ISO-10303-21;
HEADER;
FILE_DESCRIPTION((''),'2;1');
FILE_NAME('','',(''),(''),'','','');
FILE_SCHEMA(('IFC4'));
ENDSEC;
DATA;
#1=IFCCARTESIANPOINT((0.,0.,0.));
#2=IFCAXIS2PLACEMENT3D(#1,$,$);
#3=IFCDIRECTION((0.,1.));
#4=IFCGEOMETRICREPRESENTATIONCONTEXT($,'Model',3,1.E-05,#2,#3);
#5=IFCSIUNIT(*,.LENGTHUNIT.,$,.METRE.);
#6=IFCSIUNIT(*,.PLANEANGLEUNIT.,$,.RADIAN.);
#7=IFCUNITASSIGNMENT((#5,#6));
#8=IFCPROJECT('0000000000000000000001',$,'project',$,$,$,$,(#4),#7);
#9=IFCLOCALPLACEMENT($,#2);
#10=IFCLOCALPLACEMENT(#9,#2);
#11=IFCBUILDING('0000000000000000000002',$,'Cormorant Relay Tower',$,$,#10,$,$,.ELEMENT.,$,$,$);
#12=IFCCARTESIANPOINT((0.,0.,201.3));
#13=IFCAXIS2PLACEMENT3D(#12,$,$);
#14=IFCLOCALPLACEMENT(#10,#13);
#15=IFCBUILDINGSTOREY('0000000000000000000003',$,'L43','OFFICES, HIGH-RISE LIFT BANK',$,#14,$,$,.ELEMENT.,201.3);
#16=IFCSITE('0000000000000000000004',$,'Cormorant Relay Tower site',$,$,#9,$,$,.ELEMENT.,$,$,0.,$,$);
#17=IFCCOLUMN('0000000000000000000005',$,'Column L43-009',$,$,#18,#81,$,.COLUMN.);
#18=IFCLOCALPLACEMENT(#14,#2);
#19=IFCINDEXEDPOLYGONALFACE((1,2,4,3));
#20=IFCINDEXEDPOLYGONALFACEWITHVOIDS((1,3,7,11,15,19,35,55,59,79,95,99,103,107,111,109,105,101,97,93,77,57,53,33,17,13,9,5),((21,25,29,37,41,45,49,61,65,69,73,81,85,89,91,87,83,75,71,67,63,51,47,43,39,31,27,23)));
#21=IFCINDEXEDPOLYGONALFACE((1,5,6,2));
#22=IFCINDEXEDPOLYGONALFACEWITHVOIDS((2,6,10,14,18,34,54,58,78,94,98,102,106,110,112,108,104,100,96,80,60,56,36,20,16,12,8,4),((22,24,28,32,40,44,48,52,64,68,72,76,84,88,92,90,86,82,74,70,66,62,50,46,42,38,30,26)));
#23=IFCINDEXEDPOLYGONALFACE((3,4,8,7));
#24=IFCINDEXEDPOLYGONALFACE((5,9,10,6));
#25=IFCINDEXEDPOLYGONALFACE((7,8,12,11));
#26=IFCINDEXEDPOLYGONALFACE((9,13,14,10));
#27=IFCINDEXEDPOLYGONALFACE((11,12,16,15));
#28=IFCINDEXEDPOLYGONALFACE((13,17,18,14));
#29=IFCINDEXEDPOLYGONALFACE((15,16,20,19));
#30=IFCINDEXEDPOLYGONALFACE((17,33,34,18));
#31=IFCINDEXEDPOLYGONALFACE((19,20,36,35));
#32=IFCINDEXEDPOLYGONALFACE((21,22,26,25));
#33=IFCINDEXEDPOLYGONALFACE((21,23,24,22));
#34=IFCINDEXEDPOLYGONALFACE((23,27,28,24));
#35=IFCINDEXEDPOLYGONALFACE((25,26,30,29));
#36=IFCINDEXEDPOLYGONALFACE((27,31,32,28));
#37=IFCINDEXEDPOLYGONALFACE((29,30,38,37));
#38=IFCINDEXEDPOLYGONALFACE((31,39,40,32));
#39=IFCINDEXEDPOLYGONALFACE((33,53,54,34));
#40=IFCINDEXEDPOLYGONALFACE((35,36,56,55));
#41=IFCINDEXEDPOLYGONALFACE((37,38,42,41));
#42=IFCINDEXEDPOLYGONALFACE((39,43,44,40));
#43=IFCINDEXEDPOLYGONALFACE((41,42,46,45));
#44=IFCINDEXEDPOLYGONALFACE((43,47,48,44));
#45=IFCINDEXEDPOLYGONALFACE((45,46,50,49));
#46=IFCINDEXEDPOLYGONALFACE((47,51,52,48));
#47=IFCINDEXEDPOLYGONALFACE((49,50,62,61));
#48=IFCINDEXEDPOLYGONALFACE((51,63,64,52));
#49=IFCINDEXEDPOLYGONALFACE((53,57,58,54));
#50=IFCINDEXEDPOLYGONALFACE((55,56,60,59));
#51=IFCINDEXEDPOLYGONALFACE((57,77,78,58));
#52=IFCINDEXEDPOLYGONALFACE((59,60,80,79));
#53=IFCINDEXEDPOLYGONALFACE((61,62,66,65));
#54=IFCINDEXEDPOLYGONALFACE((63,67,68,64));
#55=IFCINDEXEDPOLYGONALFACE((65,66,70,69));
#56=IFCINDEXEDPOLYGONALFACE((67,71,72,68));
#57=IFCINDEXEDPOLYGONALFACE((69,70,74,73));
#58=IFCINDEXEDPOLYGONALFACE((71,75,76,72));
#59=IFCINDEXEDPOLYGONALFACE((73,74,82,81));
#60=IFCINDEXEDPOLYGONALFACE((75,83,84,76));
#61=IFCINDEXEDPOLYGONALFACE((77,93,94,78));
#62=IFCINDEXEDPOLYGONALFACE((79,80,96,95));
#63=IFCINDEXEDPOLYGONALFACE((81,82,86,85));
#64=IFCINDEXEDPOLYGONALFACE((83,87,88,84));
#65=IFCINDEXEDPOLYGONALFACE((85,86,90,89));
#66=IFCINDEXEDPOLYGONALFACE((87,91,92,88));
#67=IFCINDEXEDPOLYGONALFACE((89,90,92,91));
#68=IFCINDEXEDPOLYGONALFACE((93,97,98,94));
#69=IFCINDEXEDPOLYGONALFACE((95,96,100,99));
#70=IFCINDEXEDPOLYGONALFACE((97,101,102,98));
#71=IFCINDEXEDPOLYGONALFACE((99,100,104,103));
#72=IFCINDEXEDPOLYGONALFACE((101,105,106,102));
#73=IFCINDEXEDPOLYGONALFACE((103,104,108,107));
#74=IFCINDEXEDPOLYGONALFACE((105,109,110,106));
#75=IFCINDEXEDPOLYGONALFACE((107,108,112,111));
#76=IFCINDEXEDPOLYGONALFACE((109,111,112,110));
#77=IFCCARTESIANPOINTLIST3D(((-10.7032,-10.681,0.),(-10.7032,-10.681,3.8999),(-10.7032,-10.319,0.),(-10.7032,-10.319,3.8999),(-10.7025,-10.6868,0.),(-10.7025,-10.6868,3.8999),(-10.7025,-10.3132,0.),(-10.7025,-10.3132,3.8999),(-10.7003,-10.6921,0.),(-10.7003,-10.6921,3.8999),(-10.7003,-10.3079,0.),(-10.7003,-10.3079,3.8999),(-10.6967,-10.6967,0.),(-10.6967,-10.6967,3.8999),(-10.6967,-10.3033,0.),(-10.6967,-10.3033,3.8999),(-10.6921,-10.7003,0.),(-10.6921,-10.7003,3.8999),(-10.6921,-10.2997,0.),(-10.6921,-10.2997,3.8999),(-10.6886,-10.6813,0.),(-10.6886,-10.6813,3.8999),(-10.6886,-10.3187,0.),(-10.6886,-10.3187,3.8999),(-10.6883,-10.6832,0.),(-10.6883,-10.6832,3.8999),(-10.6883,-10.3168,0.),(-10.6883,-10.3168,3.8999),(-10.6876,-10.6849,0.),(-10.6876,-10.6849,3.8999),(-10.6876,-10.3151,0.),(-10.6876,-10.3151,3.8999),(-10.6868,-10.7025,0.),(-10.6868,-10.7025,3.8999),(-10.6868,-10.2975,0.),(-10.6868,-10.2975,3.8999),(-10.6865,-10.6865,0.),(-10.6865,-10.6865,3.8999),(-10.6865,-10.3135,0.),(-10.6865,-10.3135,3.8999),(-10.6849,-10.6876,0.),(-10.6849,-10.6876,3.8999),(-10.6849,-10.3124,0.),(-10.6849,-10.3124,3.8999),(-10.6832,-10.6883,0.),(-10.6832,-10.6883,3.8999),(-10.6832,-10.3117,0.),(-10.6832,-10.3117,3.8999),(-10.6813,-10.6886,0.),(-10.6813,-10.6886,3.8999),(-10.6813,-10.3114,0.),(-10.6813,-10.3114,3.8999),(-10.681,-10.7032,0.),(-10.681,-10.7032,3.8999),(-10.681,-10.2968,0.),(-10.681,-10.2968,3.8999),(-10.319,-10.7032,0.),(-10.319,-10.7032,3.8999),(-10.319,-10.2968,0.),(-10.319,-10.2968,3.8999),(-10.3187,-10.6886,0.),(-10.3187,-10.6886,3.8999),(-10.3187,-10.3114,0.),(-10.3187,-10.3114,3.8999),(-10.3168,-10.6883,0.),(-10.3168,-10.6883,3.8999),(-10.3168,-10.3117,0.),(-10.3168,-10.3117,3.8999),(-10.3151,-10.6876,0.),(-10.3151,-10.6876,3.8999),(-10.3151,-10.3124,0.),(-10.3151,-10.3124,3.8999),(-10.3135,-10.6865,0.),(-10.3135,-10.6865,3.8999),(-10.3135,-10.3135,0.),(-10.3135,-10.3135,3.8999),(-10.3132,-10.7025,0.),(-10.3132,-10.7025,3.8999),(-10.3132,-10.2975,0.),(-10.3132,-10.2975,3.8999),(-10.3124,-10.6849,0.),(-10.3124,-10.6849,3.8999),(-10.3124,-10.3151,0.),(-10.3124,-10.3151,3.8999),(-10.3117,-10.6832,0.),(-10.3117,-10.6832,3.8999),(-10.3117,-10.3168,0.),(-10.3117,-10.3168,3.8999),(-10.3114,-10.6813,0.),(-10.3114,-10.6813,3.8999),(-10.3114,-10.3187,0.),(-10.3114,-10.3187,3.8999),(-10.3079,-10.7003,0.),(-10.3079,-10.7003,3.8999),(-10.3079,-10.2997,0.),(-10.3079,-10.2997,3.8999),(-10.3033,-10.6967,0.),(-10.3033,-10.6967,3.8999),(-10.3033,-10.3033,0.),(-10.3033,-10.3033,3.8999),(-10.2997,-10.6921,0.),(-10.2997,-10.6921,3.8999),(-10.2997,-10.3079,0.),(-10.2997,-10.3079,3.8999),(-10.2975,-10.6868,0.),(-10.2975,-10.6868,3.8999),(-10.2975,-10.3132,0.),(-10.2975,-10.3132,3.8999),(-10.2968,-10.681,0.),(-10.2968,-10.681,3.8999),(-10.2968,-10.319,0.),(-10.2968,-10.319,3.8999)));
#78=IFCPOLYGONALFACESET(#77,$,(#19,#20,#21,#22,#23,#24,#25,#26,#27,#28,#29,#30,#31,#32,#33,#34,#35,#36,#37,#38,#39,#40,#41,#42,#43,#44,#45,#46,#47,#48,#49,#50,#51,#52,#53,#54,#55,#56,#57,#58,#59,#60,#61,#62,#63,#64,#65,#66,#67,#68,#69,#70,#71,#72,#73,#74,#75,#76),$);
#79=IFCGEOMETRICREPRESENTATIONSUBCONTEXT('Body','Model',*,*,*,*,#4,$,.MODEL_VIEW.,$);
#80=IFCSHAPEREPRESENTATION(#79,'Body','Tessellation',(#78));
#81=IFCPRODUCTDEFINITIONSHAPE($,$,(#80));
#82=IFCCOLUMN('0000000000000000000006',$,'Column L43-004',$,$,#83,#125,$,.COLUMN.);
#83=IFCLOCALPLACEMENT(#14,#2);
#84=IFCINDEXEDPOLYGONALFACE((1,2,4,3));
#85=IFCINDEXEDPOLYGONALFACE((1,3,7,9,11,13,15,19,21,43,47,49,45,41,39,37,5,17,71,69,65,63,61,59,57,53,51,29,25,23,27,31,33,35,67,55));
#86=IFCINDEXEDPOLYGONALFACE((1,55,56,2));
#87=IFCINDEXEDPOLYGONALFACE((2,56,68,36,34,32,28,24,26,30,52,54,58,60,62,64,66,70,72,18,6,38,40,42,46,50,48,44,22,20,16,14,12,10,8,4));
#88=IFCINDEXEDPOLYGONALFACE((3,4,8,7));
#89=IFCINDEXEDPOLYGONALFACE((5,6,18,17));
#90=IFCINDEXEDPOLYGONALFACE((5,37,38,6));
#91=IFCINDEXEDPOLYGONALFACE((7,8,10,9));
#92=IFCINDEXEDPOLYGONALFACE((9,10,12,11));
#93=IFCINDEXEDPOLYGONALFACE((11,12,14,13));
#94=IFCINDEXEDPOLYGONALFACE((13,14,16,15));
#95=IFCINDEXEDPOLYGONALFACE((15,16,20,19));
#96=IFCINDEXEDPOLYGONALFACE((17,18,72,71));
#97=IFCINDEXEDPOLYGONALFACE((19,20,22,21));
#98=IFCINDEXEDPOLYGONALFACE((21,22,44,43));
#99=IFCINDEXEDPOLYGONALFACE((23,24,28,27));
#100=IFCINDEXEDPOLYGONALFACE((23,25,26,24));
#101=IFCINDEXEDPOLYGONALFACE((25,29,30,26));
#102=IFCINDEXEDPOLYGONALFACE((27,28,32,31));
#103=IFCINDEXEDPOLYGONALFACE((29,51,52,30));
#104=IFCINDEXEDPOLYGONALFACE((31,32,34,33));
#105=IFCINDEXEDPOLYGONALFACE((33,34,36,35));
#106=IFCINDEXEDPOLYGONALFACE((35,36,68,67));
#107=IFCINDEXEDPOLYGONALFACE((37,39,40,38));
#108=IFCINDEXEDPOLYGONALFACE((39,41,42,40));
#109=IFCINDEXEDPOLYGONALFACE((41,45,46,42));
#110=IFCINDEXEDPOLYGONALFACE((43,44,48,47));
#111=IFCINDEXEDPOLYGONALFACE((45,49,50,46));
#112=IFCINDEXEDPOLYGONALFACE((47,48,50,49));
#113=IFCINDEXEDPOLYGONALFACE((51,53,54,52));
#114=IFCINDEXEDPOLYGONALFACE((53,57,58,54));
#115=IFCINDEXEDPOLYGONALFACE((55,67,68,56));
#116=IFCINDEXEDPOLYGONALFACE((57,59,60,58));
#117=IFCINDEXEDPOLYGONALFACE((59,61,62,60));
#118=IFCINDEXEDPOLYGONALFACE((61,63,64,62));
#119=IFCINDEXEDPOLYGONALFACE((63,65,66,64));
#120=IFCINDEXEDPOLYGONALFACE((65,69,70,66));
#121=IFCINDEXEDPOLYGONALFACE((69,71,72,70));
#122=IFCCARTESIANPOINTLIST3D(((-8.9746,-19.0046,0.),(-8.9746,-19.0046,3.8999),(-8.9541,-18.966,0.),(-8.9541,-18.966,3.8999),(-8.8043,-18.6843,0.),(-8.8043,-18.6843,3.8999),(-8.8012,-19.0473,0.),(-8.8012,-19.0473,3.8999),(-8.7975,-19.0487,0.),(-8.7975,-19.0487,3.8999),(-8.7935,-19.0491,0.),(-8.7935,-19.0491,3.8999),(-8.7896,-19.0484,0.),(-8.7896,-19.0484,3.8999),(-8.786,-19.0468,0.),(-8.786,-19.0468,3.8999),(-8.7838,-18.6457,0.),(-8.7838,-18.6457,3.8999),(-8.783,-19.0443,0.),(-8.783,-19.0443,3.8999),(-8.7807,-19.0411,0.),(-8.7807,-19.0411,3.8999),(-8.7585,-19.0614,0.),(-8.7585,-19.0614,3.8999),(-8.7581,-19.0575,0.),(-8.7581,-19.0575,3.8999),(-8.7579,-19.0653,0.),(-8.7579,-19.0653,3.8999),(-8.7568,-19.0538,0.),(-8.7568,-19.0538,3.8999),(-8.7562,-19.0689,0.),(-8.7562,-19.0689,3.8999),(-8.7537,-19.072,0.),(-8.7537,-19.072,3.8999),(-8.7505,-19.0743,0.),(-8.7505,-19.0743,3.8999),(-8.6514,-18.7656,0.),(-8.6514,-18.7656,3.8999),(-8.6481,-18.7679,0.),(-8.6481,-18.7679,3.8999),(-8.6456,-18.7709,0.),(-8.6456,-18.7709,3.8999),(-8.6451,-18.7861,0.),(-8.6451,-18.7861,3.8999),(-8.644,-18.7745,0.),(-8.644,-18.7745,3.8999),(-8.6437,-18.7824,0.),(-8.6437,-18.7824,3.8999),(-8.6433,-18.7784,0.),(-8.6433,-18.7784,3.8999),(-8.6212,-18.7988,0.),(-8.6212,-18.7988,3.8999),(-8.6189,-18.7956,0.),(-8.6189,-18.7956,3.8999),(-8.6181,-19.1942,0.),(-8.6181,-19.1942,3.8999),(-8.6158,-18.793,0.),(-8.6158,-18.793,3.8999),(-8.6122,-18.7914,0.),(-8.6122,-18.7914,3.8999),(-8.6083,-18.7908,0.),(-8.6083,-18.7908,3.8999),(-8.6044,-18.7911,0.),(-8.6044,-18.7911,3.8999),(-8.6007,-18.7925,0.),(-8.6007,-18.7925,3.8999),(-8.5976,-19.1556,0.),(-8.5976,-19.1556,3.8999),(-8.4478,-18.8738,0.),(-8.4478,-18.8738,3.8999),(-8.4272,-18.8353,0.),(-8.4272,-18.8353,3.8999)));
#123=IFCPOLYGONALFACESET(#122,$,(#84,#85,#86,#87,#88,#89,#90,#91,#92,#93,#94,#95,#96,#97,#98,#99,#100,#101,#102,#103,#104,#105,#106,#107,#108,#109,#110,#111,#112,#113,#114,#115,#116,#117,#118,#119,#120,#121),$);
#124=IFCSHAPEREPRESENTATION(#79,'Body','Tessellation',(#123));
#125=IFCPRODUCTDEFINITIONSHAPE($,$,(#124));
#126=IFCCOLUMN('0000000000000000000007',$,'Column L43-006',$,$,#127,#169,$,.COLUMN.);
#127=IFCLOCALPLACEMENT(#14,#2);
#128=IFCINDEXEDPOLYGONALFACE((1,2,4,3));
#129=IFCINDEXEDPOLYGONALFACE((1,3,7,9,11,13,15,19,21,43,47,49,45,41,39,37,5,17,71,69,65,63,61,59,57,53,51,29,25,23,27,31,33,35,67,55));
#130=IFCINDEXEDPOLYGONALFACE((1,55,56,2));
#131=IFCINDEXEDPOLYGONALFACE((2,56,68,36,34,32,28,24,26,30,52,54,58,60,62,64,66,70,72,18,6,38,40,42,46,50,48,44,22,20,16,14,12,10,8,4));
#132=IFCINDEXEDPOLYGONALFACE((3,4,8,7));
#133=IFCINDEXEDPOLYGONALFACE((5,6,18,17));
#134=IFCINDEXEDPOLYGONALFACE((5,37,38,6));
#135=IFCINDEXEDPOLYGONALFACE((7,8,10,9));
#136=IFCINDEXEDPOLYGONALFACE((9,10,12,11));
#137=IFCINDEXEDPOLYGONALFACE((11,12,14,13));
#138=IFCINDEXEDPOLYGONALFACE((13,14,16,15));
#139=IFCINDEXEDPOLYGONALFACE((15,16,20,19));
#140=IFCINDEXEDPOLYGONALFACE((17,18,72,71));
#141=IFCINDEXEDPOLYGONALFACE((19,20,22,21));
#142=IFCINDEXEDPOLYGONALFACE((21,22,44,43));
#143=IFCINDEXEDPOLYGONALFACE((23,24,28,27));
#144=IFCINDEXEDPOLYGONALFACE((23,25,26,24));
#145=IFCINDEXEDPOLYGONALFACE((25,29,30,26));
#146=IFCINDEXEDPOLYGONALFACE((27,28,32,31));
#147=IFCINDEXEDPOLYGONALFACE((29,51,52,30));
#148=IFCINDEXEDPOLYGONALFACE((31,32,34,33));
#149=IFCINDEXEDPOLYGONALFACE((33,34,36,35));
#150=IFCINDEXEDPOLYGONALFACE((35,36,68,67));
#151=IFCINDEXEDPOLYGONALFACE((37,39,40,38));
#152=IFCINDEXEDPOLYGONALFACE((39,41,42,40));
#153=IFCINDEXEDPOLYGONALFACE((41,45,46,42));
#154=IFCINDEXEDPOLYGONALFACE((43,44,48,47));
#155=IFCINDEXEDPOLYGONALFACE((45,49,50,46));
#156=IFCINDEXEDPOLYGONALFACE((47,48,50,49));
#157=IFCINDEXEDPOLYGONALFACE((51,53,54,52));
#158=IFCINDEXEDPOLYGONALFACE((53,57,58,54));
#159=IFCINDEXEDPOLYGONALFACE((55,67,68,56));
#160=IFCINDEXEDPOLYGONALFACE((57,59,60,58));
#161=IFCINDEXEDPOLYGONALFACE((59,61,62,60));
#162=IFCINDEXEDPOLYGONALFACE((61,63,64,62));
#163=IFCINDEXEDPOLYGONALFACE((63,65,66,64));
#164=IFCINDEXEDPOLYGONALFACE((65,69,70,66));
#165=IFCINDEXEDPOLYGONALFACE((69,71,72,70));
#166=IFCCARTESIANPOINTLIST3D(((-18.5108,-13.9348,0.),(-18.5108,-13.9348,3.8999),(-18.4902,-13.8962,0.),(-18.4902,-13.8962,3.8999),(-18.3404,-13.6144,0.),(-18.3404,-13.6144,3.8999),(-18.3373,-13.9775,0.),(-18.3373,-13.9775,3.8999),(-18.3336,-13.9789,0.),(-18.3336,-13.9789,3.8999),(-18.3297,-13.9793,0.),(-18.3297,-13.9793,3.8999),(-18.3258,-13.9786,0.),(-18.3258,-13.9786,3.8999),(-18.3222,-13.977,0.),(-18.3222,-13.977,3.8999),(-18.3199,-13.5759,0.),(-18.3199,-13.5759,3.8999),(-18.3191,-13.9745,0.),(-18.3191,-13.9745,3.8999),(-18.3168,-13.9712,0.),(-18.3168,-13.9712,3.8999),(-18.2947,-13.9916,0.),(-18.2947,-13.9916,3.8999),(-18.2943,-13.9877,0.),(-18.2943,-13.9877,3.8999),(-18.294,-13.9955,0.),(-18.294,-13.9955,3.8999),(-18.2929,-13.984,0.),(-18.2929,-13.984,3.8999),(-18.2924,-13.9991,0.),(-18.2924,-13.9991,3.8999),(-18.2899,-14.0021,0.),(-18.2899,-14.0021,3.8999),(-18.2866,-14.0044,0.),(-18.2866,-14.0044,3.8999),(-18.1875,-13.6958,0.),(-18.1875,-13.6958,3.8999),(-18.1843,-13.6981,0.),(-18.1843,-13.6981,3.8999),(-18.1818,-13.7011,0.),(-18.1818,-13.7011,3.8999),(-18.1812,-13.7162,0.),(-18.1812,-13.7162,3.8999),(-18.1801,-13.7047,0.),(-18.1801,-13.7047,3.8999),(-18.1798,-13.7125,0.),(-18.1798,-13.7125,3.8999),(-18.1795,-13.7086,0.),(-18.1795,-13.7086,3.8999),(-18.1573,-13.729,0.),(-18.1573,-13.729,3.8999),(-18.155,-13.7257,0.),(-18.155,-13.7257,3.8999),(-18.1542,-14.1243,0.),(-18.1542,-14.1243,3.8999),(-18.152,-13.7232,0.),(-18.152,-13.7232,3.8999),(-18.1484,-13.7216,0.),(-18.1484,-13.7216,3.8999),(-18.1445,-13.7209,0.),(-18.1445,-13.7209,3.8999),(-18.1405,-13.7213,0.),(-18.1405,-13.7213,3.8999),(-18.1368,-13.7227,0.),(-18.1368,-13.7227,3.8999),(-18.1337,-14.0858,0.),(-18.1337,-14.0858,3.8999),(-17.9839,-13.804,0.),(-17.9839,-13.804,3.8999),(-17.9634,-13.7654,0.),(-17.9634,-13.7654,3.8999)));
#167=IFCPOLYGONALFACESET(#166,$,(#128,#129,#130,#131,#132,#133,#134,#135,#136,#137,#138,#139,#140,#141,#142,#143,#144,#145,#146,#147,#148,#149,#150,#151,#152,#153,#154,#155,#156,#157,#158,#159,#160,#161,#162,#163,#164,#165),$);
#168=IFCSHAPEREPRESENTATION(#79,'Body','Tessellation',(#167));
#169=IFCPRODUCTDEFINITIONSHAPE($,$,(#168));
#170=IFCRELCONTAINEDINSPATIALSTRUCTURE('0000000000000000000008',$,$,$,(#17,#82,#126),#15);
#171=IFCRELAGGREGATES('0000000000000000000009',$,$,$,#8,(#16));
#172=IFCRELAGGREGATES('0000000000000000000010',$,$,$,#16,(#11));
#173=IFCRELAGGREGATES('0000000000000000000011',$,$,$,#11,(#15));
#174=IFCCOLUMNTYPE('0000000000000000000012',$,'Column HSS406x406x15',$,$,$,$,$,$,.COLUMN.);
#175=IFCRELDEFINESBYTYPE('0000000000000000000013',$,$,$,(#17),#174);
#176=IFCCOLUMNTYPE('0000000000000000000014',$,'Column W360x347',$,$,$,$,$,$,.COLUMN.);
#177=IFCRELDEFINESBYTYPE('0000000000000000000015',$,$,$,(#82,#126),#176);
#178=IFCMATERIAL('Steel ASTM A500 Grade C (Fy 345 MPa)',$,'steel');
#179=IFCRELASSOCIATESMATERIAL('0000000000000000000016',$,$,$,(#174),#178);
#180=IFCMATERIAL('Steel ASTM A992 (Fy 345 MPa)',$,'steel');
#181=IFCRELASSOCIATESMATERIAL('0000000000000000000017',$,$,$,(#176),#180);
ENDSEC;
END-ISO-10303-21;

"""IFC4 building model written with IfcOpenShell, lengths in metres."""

from ifc_helpers import new_model, si_unit, direction, frame, origin, origin_2d, place, context, subcontext, project, spatial, hollow_rectangle, i_section, extrude, material, material_profile, profile_set, type_object, element, save


model = new_model("IFC4")

# Units and contexts
model_context = context("Model", 3, precision=1e-05, world=origin(), true_north=direction((0.0, 1.0)))
body_context = subcontext(model_context, "Body", "Model", "MODEL_VIEW")
ifc_project = project(units=[si_unit("LENGTHUNIT", "METRE"), si_unit("PLANEANGLEUNIT", "RADIAN")], contexts=[model_context])

# Site, building, storey
site_placement = place(None, origin())
site = spatial("IfcSite", under=ifc_project, at=site_placement, Name="Cormorant Relay Tower site", CompositionType="ELEMENT", RefElevation=0.0)
building_placement = place(site_placement, origin())
building = spatial("IfcBuilding", under=site, at=building_placement, Name="Cormorant Relay Tower", CompositionType="ELEMENT")
storey_placement = place(building_placement, frame((0.0, 0.0, 201.3)))
storey = spatial("IfcBuildingStorey", under=building, at=storey_placement, Name="L43", Description="OFFICES, HIGH-RISE LIFT BANK", CompositionType="ELEMENT", Elevation=201.3)

# Columns
ifc_material_1 = material(Name="Steel ASTM A500 Grade C (Fy 345 MPa)", Category="steel")
ifc_material_profile_1 = material_profile(ifc_material_1, hollow_rectangle(XDim=0.4065, YDim=0.4065, WallThickness=0.0146, InnerFilletRadius=0.0073, OuterFilletRadius=0.0222, at=origin_2d()), Name="HSS406x406x15")
ifc_profile_set_1 = profile_set([ifc_material_profile_1], Name="Steel ASTM A500 Grade C (Fy 345 MPa)")
column_type_1 = type_object("IfcColumnType", Name="Column HSS406x406x15", PredefinedType="COLUMN", material=ifc_profile_set_1)
column_placement = place(storey_placement, frame((-10.5, -10.5, 0.0), z_axis=(0.0, 0.0, 1.0), x_axis=(1.0, 0.0, 0.0)))
element("IfcColumn", 1, at=column_placement, inside=storey, type_object=column_type_1, Name="Column L43-009", PredefinedType="COLUMN", context=body_context, shape_type="SweptSolid", body=[
    extrude(hollow_rectangle(XDim=0.4065, YDim=0.4065, WallThickness=0.0146, InnerFilletRadius=0.0073, OuterFilletRadius=0.0222, at=origin_2d()), origin(), (0.0, 0.0, 1.0), 3.8999),
])
ifc_material_2 = material(Name="Steel ASTM A992 (Fy 345 MPa)", Category="steel")
ifc_material_profile_2 = material_profile(ifc_material_2, i_section(OverallWidth=0.4038, OverallDepth=0.4065, WebThickness=0.0271, FlangeThickness=0.0437, FilletRadius=0.0151, at=origin_2d()), Name="W360x347")
ifc_profile_set_2 = profile_set([ifc_material_profile_2], Name="Steel ASTM A992 (Fy 345 MPa)")
column_type_2 = type_object("IfcColumnType", Name="Column W360x347", PredefinedType="COLUMN", material=ifc_profile_set_2)
for number, where, z_axis, x_axis, name in (
    (2, (-8.7009, -18.9199, 0.0), (0.0, 0.0, 1.0), (0.882948, -0.469472, 0.0), "Column L43-004"),
    (3, (-18.2371, -13.8501, 0.0), (0.0, 0.0, 1.0), (0.882948, -0.469472, 0.0), "Column L43-006"),
):
    element("IfcColumn", number, at=place(storey_placement, frame(where, z_axis=z_axis, x_axis=x_axis)), inside=storey, type_object=column_type_2, Name=name, PredefinedType="COLUMN", context=body_context, shape_type="SweptSolid", body=[
        extrude(i_section(OverallWidth=0.4038, OverallDepth=0.4065, WebThickness=0.0271, FlangeThickness=0.0437, FilletRadius=0.0151, at=origin_2d()), origin(), (0.0, 0.0, 1.0), 3.8999),
    ])

save(model, "model.ifc")
